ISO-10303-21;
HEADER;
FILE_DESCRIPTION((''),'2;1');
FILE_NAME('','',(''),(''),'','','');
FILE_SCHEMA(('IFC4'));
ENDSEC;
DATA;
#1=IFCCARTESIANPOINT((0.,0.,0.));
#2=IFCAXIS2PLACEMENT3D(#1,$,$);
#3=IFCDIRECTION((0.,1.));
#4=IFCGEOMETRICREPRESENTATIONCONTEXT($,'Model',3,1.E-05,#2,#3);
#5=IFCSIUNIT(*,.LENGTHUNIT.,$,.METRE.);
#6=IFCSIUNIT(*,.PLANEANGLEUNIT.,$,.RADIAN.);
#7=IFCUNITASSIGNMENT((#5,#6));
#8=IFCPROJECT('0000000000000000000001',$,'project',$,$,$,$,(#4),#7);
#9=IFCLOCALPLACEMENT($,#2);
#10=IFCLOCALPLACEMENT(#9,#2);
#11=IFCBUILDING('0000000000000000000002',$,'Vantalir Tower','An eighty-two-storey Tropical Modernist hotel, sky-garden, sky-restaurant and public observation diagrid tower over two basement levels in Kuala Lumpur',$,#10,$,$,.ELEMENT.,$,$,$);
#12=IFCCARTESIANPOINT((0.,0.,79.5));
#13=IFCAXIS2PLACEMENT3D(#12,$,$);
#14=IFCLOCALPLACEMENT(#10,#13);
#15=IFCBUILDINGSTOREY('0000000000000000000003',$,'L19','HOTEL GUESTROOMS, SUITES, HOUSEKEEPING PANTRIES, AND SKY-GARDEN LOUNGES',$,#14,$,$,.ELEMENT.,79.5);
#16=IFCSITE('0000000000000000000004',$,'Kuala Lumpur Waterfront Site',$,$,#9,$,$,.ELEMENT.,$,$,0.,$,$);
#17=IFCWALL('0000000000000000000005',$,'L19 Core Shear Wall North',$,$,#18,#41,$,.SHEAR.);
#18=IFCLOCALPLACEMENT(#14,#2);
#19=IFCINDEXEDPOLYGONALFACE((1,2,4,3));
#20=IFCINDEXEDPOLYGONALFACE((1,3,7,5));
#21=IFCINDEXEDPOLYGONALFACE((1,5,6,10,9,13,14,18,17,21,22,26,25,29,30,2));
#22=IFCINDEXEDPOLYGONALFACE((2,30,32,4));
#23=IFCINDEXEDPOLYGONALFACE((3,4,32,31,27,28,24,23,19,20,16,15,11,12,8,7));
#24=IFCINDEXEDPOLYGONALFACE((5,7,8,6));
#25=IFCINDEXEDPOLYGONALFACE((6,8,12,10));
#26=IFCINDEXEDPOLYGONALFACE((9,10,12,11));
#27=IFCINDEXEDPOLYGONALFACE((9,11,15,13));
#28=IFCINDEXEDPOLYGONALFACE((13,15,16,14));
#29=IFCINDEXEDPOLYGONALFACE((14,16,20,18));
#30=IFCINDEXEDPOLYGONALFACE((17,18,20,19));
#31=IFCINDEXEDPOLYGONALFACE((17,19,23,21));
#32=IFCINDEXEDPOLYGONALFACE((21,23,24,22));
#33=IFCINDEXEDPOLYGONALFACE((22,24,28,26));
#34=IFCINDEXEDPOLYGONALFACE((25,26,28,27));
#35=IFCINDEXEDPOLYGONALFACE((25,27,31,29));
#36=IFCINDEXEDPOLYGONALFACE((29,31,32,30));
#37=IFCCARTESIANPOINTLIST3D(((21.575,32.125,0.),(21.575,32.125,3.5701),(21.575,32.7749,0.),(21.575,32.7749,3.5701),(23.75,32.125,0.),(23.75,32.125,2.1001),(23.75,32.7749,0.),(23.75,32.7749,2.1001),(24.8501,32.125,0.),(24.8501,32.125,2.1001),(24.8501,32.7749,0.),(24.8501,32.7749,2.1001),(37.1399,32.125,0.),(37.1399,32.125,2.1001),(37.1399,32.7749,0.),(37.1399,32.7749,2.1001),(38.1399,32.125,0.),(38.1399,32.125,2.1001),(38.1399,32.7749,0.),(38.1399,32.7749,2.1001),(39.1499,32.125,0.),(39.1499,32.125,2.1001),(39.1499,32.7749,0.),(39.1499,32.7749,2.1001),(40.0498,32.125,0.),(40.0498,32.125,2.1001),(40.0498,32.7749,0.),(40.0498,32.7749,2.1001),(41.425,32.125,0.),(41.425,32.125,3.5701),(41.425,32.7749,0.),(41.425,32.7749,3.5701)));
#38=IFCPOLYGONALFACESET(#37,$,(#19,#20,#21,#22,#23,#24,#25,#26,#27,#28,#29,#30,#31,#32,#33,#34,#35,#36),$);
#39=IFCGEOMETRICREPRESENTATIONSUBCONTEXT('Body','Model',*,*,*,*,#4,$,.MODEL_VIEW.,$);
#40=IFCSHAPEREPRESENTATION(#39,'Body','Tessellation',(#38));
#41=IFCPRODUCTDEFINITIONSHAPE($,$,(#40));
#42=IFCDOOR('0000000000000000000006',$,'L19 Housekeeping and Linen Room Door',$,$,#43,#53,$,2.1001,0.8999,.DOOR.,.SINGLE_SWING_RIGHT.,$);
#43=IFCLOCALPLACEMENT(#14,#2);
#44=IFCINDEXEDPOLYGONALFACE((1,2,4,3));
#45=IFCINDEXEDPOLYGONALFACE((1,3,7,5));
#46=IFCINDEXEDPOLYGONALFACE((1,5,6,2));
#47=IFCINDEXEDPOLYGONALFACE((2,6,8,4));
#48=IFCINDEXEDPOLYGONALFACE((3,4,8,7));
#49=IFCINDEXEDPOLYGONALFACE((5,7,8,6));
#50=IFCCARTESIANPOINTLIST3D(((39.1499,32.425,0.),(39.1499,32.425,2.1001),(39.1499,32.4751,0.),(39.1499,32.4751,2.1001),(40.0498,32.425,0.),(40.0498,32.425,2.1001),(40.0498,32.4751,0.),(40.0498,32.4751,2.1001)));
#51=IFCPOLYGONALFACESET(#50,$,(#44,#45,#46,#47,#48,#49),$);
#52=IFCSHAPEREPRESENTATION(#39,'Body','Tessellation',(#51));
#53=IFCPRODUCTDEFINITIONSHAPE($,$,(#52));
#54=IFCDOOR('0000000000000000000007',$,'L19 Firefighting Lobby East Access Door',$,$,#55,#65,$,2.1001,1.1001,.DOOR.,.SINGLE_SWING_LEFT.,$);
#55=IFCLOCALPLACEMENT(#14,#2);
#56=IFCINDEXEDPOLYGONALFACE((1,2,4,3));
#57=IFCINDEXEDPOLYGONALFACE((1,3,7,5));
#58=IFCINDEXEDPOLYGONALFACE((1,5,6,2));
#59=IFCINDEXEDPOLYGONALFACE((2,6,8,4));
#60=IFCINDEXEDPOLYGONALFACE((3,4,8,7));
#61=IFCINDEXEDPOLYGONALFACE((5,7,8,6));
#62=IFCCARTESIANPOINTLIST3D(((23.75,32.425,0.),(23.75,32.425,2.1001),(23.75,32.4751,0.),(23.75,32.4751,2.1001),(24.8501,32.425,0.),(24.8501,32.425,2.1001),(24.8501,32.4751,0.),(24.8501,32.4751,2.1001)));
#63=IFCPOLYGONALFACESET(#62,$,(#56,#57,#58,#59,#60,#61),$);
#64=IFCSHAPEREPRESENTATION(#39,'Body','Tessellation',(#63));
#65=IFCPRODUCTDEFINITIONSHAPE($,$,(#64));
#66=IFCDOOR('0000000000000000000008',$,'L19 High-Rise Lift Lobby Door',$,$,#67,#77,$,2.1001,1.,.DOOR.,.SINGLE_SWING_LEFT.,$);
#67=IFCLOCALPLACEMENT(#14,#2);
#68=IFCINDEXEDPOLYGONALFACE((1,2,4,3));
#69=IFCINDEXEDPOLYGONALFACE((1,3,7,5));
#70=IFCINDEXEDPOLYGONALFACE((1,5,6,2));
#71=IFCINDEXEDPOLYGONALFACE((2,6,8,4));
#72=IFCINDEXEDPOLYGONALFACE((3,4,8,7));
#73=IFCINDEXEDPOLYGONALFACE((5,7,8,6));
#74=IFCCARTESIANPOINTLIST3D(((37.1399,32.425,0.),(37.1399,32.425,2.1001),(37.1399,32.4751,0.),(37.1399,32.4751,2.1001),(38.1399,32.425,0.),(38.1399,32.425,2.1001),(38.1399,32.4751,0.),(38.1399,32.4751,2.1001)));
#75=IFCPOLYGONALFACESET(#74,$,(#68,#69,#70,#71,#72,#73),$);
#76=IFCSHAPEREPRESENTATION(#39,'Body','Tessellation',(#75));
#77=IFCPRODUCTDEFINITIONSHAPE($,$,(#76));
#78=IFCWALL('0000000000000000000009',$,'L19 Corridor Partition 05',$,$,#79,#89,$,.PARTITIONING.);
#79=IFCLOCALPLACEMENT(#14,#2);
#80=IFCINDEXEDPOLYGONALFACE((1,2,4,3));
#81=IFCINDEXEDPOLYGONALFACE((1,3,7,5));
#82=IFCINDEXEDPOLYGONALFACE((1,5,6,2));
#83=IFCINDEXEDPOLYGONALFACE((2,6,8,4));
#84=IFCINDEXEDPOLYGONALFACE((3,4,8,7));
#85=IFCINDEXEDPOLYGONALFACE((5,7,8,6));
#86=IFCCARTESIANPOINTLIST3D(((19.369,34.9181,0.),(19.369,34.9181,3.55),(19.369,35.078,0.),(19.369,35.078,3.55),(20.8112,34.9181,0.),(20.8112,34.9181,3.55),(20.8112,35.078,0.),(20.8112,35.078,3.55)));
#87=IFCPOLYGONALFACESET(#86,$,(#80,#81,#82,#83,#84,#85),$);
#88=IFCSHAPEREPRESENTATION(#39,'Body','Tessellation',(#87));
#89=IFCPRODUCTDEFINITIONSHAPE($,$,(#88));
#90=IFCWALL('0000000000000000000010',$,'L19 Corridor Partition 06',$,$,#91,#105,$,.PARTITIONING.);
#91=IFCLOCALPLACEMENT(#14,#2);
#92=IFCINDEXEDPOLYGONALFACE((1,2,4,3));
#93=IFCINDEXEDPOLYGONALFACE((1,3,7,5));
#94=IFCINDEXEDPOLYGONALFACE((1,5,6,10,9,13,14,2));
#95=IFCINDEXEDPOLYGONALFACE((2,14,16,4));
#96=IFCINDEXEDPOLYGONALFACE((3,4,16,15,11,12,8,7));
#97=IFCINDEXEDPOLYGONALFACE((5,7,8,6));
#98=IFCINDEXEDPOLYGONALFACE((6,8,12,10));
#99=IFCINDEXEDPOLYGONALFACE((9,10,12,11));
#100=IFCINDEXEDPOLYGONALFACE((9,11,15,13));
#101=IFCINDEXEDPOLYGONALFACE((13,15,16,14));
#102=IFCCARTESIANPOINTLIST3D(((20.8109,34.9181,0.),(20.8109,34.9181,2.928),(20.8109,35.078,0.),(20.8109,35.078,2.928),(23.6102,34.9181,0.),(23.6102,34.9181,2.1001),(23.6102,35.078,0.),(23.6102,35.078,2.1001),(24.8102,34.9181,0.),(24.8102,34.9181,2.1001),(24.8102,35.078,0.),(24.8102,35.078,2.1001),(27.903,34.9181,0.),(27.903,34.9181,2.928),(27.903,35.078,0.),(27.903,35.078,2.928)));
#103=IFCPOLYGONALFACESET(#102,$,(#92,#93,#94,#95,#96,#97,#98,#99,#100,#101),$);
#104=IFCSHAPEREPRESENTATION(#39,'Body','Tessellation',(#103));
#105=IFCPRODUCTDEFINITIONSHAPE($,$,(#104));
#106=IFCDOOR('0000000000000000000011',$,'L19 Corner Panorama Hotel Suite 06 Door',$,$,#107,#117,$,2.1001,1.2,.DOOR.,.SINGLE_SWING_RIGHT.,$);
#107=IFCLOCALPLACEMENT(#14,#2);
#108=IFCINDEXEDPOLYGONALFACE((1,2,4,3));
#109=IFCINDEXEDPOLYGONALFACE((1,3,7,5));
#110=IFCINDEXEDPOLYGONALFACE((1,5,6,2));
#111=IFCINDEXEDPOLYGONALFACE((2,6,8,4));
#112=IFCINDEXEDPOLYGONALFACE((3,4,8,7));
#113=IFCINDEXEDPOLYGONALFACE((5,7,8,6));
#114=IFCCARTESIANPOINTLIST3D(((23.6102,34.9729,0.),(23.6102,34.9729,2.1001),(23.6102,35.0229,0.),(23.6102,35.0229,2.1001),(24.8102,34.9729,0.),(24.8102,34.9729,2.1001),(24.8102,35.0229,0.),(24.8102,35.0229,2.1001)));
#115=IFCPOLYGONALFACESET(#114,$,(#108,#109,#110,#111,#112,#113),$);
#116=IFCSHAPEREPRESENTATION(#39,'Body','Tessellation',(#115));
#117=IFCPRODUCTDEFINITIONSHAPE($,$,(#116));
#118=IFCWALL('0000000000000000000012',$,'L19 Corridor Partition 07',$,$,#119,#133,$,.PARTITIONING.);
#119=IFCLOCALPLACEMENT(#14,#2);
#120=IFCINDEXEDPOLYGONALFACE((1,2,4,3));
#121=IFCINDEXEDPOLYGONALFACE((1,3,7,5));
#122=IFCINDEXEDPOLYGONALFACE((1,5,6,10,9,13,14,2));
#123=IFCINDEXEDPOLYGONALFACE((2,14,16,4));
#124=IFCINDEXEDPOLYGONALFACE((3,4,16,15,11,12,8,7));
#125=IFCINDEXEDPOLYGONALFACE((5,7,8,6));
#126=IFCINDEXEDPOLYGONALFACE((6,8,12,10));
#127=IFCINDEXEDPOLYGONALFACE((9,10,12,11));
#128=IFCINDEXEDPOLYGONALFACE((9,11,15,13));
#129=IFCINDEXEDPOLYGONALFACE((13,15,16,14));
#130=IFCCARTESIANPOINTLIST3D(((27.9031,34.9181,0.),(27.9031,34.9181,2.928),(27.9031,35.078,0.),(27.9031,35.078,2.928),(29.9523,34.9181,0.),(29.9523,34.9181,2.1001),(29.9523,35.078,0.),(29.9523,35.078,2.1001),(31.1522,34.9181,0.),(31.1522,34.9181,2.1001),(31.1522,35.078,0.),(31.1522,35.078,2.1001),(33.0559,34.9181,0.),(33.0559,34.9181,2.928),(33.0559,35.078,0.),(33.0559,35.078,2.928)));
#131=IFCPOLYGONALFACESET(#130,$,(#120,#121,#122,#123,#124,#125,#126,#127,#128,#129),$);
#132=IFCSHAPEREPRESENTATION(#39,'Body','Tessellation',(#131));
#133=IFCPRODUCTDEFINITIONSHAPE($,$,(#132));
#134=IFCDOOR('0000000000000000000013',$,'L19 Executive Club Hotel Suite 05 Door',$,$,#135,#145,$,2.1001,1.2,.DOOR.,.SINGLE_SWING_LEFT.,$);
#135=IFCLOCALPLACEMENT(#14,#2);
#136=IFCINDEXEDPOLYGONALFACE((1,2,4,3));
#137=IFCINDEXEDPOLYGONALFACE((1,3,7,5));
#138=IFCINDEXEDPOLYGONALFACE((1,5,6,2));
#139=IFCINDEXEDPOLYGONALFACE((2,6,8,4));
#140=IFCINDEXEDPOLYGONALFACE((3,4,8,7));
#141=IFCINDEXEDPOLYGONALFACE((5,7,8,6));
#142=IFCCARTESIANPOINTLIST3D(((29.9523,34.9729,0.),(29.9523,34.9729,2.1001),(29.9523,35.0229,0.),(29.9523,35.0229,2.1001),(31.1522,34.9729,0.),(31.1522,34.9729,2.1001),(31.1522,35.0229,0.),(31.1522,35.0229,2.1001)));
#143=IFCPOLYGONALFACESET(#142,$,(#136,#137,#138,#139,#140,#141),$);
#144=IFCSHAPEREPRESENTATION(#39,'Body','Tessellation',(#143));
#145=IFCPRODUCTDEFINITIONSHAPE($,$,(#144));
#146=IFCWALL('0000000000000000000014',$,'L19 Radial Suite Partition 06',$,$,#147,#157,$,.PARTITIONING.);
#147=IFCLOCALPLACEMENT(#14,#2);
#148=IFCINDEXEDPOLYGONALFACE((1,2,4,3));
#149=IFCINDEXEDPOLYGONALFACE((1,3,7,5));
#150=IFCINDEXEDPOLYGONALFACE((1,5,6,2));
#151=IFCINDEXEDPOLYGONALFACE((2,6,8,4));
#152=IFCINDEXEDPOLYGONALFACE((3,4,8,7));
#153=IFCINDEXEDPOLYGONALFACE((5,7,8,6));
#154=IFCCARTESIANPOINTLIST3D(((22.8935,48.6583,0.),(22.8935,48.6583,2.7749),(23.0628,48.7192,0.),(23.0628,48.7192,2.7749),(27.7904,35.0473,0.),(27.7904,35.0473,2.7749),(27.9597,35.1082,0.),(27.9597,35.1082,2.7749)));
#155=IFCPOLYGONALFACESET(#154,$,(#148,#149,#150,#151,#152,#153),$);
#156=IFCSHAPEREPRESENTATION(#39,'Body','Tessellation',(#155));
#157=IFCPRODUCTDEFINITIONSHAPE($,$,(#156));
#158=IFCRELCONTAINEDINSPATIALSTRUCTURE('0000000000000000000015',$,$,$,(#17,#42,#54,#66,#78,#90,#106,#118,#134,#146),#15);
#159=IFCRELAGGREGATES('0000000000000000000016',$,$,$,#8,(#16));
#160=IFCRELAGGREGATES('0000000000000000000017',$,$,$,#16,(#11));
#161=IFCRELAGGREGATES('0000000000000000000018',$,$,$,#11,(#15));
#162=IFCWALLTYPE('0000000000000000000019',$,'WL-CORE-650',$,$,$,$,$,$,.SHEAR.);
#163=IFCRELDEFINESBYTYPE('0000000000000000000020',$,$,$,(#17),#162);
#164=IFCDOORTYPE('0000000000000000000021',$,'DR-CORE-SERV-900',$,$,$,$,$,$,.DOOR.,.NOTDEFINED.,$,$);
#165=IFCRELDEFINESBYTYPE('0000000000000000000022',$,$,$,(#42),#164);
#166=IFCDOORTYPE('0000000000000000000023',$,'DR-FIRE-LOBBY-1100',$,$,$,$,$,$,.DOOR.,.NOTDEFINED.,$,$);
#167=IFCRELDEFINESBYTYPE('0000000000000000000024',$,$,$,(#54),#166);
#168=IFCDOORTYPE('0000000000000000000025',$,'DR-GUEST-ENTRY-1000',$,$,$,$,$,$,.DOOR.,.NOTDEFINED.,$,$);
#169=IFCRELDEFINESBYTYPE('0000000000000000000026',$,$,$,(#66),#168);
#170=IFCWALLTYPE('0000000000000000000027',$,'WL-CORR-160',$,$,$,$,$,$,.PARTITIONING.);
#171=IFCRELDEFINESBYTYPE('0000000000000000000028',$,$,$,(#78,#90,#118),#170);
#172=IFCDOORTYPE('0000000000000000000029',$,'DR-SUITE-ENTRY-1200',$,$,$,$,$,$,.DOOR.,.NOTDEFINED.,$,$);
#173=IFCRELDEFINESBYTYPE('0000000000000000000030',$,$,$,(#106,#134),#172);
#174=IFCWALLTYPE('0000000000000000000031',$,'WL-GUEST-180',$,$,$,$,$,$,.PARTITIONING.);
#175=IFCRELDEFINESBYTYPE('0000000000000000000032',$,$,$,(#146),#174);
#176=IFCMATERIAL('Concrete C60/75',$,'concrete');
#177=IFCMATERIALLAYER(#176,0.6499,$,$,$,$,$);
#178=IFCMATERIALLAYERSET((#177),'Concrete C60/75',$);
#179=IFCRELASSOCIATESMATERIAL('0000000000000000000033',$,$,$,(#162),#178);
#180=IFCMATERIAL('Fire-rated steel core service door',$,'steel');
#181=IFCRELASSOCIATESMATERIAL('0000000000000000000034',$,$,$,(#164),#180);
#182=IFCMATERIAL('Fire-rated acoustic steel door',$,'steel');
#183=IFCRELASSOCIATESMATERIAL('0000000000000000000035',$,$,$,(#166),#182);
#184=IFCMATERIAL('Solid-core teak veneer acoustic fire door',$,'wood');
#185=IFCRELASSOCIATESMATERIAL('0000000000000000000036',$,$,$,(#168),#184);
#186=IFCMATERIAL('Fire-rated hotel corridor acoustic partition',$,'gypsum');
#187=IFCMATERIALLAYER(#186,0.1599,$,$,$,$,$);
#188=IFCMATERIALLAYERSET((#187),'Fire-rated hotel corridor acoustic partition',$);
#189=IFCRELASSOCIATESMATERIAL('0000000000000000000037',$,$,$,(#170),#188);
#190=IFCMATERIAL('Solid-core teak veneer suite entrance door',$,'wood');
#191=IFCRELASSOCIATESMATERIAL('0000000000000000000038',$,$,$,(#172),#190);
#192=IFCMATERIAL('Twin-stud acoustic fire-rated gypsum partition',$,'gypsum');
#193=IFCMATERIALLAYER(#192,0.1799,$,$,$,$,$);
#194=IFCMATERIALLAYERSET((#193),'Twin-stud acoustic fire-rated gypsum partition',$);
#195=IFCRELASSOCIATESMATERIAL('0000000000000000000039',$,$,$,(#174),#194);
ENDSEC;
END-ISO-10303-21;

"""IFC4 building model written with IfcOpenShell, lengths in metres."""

from ifc_helpers import new_model, si_unit, direction, frame, frame_2d, origin, place, context, subcontext, project, spatial, rectangle, extrude, material, layer, layer_set, type_object, element, fill, save


model = new_model("IFC4")

# Units and contexts
model_context = context("Model", 3, precision=1e-05, world=origin(), true_north=direction((0.0, 1.0)))
body_context = subcontext(model_context, "Body", "Model", "MODEL_VIEW")
ifc_project = project(units=[si_unit("LENGTHUNIT", "METRE"), si_unit("PLANEANGLEUNIT", "RADIAN")], contexts=[model_context])

# Site, building, storey
site_placement = place(None, origin())
site = spatial("IfcSite", under=ifc_project, at=site_placement, Name="Kuala Lumpur Waterfront Site", CompositionType="ELEMENT", RefElevation=0.0)
building_placement = place(site_placement, origin())
building = spatial("IfcBuilding", under=site, at=building_placement, Name="Vantalir Tower", Description="An eighty-two-storey Tropical Modernist hotel, sky-garden, sky-restaurant and public observation diagrid tower over two basement levels in Kuala Lumpur", CompositionType="ELEMENT")
storey_placement = place(building_placement, frame((0.0, 0.0, 79.5)))
storey = spatial("IfcBuildingStorey", under=building, at=storey_placement, Name="L19", Description="HOTEL GUESTROOMS, SUITES, HOUSEKEEPING PANTRIES, AND SKY-GARDEN LOUNGES", CompositionType="ELEMENT", Elevation=79.5)

# Shared definitions
ifc_material_1 = material(Name="Concrete C60/75", Category="concrete")

# Wall, openings, doors
ifc_layer_1 = layer(ifc_material_1, 0.6499)
ifc_layer_set_1 = layer_set([ifc_layer_1], Name="Concrete C60/75")
wall_type_1 = type_object("IfcWallType", Name="WL-CORE-650", PredefinedType="SHEAR", material=ifc_layer_set_1)
wall_1_placement = place(storey_placement, frame((21.575, 32.45, 0.0), z_axis=(0.0, 0.0, 1.0), x_axis=(1.0, 0.0, 0.0)))
wall_1 = element("IfcWall", 1, at=wall_1_placement, inside=storey, type_object=wall_type_1, Name="L19 Core Shear Wall North", PredefinedType="SHEAR", context=body_context, shape_type="SweptSolid", body=[
    extrude(rectangle(XDim=19.8501, YDim=0.6499, at=frame_2d((9.925, 0.0))), origin(), (0.0, 0.0, 1.0), 3.5701),
])
opening_1_placement = place(wall_1_placement, frame((2.175, 0.0, 0.0)))
opening_1 = element("IfcOpeningElement", 2, at=opening_1_placement, cuts=wall_1, PredefinedType="OPENING", context=body_context, shape_type="SweptSolid", body=[
    extrude(rectangle(XDim=1.1001, YDim=2.1001, at=frame_2d((0.55, 1.05))), frame((0.0, 0.335, 0.0), z_axis=(0.0, -1.0, 0.0), x_axis=(1.0, 0.0, 0.0)), (0.0, 0.0, 1.0), 0.6699),
])
opening_2_placement = place(wall_1_placement, frame((15.5649, 0.0, 0.0)))
opening_2 = element("IfcOpeningElement", 3, at=opening_2_placement, cuts=wall_1, PredefinedType="OPENING", context=body_context, shape_type="SweptSolid", body=[
    extrude(rectangle(XDim=1.0, YDim=2.1001, at=frame_2d((0.5, 1.05))), frame((0.0, 0.335, 0.0), z_axis=(0.0, -1.0, 0.0), x_axis=(1.0, 0.0, 0.0)), (0.0, 0.0, 1.0), 0.6699),
])
opening_3_placement = place(wall_1_placement, frame((17.575, 0.0, 0.0)))
opening_3 = element("IfcOpeningElement", 4, at=opening_3_placement, cuts=wall_1, PredefinedType="OPENING", context=body_context, shape_type="SweptSolid", body=[
    extrude(rectangle(XDim=0.8999, YDim=2.1001, at=frame_2d((0.45, 1.05))), frame((0.0, 0.335, 0.0), z_axis=(0.0, -1.0, 0.0), x_axis=(1.0, 0.0, 0.0)), (0.0, 0.0, 1.0), 0.6699),
])
ifc_material_2 = material(Name="Fire-rated steel core service door", Category="steel")
door_type_1 = type_object("IfcDoorType", Name="DR-CORE-SERV-900", OperationType="NOTDEFINED", PredefinedType="DOOR", material=ifc_material_2)
door_1_placement = place(opening_3_placement, frame((0.8999, 0.0, 0.0), z_axis=(0.0, 0.0, 1.0), x_axis=(-1.0, 0.0, 0.0)))
door_1 = element("IfcDoor", 5, at=door_1_placement, inside=storey, type_object=door_type_1, Name="L19 Housekeeping and Linen Room Door", OperationType="SINGLE_SWING_RIGHT", OverallHeight=2.1001, OverallWidth=0.8999, PredefinedType="DOOR", context=body_context, shape_type="SweptSolid", body=[
    extrude(rectangle(XDim=0.8999, YDim=2.1001, at=frame_2d((0.45, 1.05))), frame((0.0, 0.0249, 0.0), z_axis=(0.0, -1.0, 0.0), x_axis=(1.0, 0.0, 0.0)), (0.0, 0.0, 1.0), 0.05),
])
fill(opening_3, door_1)
ifc_material_3 = material(Name="Fire-rated acoustic steel door", Category="steel")
door_type_2 = type_object("IfcDoorType", Name="DR-FIRE-LOBBY-1100", OperationType="NOTDEFINED", PredefinedType="DOOR", material=ifc_material_3)
door_2_placement = place(opening_1_placement, frame((1.1001, 0.0, 0.0), z_axis=(0.0, 0.0, 1.0), x_axis=(-1.0, 0.0, 0.0)))
door_2 = element("IfcDoor", 6, at=door_2_placement, inside=storey, type_object=door_type_2, Name="L19 Firefighting Lobby East Access Door", OperationType="SINGLE_SWING_LEFT", OverallHeight=2.1001, OverallWidth=1.1001, PredefinedType="DOOR", context=body_context, shape_type="SweptSolid", body=[
    extrude(rectangle(XDim=1.1001, YDim=2.1001, at=frame_2d((0.55, 1.05))), frame((0.0, 0.0249, 0.0), z_axis=(0.0, -1.0, 0.0), x_axis=(1.0, 0.0, 0.0)), (0.0, 0.0, 1.0), 0.05),
])
fill(opening_1, door_2)
ifc_material_4 = material(Name="Solid-core teak veneer acoustic fire door", Category="wood")
door_type_3 = type_object("IfcDoorType", Name="DR-GUEST-ENTRY-1000", OperationType="NOTDEFINED", PredefinedType="DOOR", material=ifc_material_4)
door_3_placement = place(opening_2_placement, frame((1.0, 0.0, 0.0), z_axis=(0.0, 0.0, 1.0), x_axis=(-1.0, 0.0, 0.0)))
door_3 = element("IfcDoor", 7, at=door_3_placement, inside=storey, type_object=door_type_3, Name="L19 High-Rise Lift Lobby Door", OperationType="SINGLE_SWING_LEFT", OverallHeight=2.1001, OverallWidth=1.0, PredefinedType="DOOR", context=body_context, shape_type="SweptSolid", body=[
    extrude(rectangle(XDim=1.0, YDim=2.1001, at=frame_2d((0.5, 1.05))), frame((0.0, 0.0249, 0.0), z_axis=(0.0, -1.0, 0.0), x_axis=(1.0, 0.0, 0.0)), (0.0, 0.0, 1.0), 0.05),
])
fill(opening_2, door_3)

# Wall
ifc_material_5 = material(Name="Fire-rated hotel corridor acoustic partition", Category="gypsum")
ifc_layer_2 = layer(ifc_material_5, 0.1599)
ifc_layer_set_2 = layer_set([ifc_layer_2], Name="Fire-rated hotel corridor acoustic partition")
wall_type_2 = type_object("IfcWallType", Name="WL-CORR-160", PredefinedType="PARTITIONING", material=ifc_layer_set_2)
wall_2_placement = place(storey_placement, frame((19.3689, 34.998, 0.0), z_axis=(0.0, 0.0, 1.0), x_axis=(1.0, 0.0, 0.0)))
element("IfcWall", 8, at=wall_2_placement, inside=storey, type_object=wall_type_2, Name="L19 Corridor Partition 05", PredefinedType="PARTITIONING", context=body_context, shape_type="SweptSolid", body=[
    extrude(rectangle(XDim=1.4421, YDim=0.1599, at=frame_2d((0.7212, 0.0))), origin(), (0.0, 0.0, 1.0), 3.55),
])

# Walls, openings, doors
wall_3_placement = place(storey_placement, frame((20.811, 34.998, 0.0), z_axis=(0.0, 0.0, 1.0), x_axis=(1.0, 0.0, 0.0)))
wall_3 = element("IfcWall", 9, at=wall_3_placement, inside=storey, type_object=wall_type_2, Name="L19 Corridor Partition 06", PredefinedType="PARTITIONING", context=body_context, shape_type="SweptSolid", body=[
    extrude(rectangle(XDim=7.092, YDim=0.1599, at=frame_2d((3.5459, 0.0))), origin(), (0.0, 0.0, 1.0), 2.928),
])
opening_4_placement = place(wall_3_placement, frame((2.7991, 0.0, 0.0)))
opening_4 = element("IfcOpeningElement", 10, at=opening_4_placement, cuts=wall_3, PredefinedType="OPENING", context=body_context, shape_type="SweptSolid", body=[
    extrude(rectangle(XDim=1.2, YDim=2.1001, at=frame_2d((0.6001, 1.05))), frame((0.0, 0.0898, 0.0), z_axis=(0.0, -1.0, 0.0), x_axis=(1.0, 0.0, 0.0)), (0.0, 0.0, 1.0), 0.1799),
])
ifc_material_6 = material(Name="Solid-core teak veneer suite entrance door", Category="wood")
door_type_4 = type_object("IfcDoorType", Name="DR-SUITE-ENTRY-1200", OperationType="NOTDEFINED", PredefinedType="DOOR", material=ifc_material_6)
door_4_placement = place(opening_4_placement, origin())
door_4 = element("IfcDoor", 11, at=door_4_placement, inside=storey, type_object=door_type_4, Name="L19 Corner Panorama Hotel Suite 06 Door", OperationType="SINGLE_SWING_RIGHT", OverallHeight=2.1001, OverallWidth=1.2, PredefinedType="DOOR", context=body_context, shape_type="SweptSolid", body=[
    extrude(rectangle(XDim=1.2, YDim=2.1001, at=frame_2d((0.6001, 1.05))), frame((0.0, 0.0249, 0.0), z_axis=(0.0, -1.0, 0.0), x_axis=(1.0, 0.0, 0.0)), (0.0, 0.0, 1.0), 0.05),
])
fill(opening_4, door_4)
wall_4_placement = place(storey_placement, frame((27.9031, 34.998, 0.0), z_axis=(0.0, 0.0, 1.0), x_axis=(1.0, 0.0, 0.0)))
wall_4 = element("IfcWall", 12, at=wall_4_placement, inside=storey, type_object=wall_type_2, Name="L19 Corridor Partition 07", PredefinedType="PARTITIONING", context=body_context, shape_type="SweptSolid", body=[
    extrude(rectangle(XDim=5.1528, YDim=0.1599, at=frame_2d((2.5764, 0.0))), origin(), (0.0, 0.0, 1.0), 2.928),
])
opening_5_placement = place(wall_4_placement, frame((2.0491, 0.0, 0.0)))
opening_5 = element("IfcOpeningElement", 13, at=opening_5_placement, cuts=wall_4, PredefinedType="OPENING", context=body_context, shape_type="SweptSolid", body=[
    extrude(rectangle(XDim=1.2, YDim=2.1001, at=frame_2d((0.6001, 1.05))), frame((0.0, 0.0898, 0.0), z_axis=(0.0, -1.0, 0.0), x_axis=(1.0, 0.0, 0.0)), (0.0, 0.0, 1.0), 0.1799),
])
door_5_placement = place(opening_5_placement, origin())
door_5 = element("IfcDoor", 14, at=door_5_placement, inside=storey, type_object=door_type_4, Name="L19 Executive Club Hotel Suite 05 Door", OperationType="SINGLE_SWING_LEFT", OverallHeight=2.1001, OverallWidth=1.2, PredefinedType="DOOR", context=body_context, shape_type="SweptSolid", body=[
    extrude(rectangle(XDim=1.2, YDim=2.1001, at=frame_2d((0.6001, 1.05))), frame((0.0, 0.0249, 0.0), z_axis=(0.0, -1.0, 0.0), x_axis=(1.0, 0.0, 0.0)), (0.0, 0.0, 1.0), 0.05),
])
fill(opening_5, door_5)

# Wall
ifc_material_7 = material(Name="Twin-stud acoustic fire-rated gypsum partition", Category="gypsum")
ifc_layer_3 = layer(ifc_material_7, 0.1799)
ifc_layer_set_3 = layer_set([ifc_layer_3], Name="Twin-stud acoustic fire-rated gypsum partition")
wall_type_3 = type_object("IfcWallType", Name="WL-GUEST-180", PredefinedType="PARTITIONING", material=ifc_layer_set_3)
wall_5_placement = place(storey_placement, frame((27.875, 35.0779, 0.0), z_axis=(0.0, 0.0, 1.0), x_axis=(-0.338535, 0.940954, 0.0)))
element("IfcWall", 15, at=wall_5_placement, inside=storey, type_object=wall_type_3, Name="L19 Radial Suite Partition 06", PredefinedType="PARTITIONING", context=body_context, shape_type="SweptSolid", body=[
    extrude(rectangle(XDim=14.4651, YDim=0.1799, at=frame_2d((7.2324, 0.0))), origin(), (0.0, 0.0, 1.0), 2.7749),
])

save(model, "model.ifc")
